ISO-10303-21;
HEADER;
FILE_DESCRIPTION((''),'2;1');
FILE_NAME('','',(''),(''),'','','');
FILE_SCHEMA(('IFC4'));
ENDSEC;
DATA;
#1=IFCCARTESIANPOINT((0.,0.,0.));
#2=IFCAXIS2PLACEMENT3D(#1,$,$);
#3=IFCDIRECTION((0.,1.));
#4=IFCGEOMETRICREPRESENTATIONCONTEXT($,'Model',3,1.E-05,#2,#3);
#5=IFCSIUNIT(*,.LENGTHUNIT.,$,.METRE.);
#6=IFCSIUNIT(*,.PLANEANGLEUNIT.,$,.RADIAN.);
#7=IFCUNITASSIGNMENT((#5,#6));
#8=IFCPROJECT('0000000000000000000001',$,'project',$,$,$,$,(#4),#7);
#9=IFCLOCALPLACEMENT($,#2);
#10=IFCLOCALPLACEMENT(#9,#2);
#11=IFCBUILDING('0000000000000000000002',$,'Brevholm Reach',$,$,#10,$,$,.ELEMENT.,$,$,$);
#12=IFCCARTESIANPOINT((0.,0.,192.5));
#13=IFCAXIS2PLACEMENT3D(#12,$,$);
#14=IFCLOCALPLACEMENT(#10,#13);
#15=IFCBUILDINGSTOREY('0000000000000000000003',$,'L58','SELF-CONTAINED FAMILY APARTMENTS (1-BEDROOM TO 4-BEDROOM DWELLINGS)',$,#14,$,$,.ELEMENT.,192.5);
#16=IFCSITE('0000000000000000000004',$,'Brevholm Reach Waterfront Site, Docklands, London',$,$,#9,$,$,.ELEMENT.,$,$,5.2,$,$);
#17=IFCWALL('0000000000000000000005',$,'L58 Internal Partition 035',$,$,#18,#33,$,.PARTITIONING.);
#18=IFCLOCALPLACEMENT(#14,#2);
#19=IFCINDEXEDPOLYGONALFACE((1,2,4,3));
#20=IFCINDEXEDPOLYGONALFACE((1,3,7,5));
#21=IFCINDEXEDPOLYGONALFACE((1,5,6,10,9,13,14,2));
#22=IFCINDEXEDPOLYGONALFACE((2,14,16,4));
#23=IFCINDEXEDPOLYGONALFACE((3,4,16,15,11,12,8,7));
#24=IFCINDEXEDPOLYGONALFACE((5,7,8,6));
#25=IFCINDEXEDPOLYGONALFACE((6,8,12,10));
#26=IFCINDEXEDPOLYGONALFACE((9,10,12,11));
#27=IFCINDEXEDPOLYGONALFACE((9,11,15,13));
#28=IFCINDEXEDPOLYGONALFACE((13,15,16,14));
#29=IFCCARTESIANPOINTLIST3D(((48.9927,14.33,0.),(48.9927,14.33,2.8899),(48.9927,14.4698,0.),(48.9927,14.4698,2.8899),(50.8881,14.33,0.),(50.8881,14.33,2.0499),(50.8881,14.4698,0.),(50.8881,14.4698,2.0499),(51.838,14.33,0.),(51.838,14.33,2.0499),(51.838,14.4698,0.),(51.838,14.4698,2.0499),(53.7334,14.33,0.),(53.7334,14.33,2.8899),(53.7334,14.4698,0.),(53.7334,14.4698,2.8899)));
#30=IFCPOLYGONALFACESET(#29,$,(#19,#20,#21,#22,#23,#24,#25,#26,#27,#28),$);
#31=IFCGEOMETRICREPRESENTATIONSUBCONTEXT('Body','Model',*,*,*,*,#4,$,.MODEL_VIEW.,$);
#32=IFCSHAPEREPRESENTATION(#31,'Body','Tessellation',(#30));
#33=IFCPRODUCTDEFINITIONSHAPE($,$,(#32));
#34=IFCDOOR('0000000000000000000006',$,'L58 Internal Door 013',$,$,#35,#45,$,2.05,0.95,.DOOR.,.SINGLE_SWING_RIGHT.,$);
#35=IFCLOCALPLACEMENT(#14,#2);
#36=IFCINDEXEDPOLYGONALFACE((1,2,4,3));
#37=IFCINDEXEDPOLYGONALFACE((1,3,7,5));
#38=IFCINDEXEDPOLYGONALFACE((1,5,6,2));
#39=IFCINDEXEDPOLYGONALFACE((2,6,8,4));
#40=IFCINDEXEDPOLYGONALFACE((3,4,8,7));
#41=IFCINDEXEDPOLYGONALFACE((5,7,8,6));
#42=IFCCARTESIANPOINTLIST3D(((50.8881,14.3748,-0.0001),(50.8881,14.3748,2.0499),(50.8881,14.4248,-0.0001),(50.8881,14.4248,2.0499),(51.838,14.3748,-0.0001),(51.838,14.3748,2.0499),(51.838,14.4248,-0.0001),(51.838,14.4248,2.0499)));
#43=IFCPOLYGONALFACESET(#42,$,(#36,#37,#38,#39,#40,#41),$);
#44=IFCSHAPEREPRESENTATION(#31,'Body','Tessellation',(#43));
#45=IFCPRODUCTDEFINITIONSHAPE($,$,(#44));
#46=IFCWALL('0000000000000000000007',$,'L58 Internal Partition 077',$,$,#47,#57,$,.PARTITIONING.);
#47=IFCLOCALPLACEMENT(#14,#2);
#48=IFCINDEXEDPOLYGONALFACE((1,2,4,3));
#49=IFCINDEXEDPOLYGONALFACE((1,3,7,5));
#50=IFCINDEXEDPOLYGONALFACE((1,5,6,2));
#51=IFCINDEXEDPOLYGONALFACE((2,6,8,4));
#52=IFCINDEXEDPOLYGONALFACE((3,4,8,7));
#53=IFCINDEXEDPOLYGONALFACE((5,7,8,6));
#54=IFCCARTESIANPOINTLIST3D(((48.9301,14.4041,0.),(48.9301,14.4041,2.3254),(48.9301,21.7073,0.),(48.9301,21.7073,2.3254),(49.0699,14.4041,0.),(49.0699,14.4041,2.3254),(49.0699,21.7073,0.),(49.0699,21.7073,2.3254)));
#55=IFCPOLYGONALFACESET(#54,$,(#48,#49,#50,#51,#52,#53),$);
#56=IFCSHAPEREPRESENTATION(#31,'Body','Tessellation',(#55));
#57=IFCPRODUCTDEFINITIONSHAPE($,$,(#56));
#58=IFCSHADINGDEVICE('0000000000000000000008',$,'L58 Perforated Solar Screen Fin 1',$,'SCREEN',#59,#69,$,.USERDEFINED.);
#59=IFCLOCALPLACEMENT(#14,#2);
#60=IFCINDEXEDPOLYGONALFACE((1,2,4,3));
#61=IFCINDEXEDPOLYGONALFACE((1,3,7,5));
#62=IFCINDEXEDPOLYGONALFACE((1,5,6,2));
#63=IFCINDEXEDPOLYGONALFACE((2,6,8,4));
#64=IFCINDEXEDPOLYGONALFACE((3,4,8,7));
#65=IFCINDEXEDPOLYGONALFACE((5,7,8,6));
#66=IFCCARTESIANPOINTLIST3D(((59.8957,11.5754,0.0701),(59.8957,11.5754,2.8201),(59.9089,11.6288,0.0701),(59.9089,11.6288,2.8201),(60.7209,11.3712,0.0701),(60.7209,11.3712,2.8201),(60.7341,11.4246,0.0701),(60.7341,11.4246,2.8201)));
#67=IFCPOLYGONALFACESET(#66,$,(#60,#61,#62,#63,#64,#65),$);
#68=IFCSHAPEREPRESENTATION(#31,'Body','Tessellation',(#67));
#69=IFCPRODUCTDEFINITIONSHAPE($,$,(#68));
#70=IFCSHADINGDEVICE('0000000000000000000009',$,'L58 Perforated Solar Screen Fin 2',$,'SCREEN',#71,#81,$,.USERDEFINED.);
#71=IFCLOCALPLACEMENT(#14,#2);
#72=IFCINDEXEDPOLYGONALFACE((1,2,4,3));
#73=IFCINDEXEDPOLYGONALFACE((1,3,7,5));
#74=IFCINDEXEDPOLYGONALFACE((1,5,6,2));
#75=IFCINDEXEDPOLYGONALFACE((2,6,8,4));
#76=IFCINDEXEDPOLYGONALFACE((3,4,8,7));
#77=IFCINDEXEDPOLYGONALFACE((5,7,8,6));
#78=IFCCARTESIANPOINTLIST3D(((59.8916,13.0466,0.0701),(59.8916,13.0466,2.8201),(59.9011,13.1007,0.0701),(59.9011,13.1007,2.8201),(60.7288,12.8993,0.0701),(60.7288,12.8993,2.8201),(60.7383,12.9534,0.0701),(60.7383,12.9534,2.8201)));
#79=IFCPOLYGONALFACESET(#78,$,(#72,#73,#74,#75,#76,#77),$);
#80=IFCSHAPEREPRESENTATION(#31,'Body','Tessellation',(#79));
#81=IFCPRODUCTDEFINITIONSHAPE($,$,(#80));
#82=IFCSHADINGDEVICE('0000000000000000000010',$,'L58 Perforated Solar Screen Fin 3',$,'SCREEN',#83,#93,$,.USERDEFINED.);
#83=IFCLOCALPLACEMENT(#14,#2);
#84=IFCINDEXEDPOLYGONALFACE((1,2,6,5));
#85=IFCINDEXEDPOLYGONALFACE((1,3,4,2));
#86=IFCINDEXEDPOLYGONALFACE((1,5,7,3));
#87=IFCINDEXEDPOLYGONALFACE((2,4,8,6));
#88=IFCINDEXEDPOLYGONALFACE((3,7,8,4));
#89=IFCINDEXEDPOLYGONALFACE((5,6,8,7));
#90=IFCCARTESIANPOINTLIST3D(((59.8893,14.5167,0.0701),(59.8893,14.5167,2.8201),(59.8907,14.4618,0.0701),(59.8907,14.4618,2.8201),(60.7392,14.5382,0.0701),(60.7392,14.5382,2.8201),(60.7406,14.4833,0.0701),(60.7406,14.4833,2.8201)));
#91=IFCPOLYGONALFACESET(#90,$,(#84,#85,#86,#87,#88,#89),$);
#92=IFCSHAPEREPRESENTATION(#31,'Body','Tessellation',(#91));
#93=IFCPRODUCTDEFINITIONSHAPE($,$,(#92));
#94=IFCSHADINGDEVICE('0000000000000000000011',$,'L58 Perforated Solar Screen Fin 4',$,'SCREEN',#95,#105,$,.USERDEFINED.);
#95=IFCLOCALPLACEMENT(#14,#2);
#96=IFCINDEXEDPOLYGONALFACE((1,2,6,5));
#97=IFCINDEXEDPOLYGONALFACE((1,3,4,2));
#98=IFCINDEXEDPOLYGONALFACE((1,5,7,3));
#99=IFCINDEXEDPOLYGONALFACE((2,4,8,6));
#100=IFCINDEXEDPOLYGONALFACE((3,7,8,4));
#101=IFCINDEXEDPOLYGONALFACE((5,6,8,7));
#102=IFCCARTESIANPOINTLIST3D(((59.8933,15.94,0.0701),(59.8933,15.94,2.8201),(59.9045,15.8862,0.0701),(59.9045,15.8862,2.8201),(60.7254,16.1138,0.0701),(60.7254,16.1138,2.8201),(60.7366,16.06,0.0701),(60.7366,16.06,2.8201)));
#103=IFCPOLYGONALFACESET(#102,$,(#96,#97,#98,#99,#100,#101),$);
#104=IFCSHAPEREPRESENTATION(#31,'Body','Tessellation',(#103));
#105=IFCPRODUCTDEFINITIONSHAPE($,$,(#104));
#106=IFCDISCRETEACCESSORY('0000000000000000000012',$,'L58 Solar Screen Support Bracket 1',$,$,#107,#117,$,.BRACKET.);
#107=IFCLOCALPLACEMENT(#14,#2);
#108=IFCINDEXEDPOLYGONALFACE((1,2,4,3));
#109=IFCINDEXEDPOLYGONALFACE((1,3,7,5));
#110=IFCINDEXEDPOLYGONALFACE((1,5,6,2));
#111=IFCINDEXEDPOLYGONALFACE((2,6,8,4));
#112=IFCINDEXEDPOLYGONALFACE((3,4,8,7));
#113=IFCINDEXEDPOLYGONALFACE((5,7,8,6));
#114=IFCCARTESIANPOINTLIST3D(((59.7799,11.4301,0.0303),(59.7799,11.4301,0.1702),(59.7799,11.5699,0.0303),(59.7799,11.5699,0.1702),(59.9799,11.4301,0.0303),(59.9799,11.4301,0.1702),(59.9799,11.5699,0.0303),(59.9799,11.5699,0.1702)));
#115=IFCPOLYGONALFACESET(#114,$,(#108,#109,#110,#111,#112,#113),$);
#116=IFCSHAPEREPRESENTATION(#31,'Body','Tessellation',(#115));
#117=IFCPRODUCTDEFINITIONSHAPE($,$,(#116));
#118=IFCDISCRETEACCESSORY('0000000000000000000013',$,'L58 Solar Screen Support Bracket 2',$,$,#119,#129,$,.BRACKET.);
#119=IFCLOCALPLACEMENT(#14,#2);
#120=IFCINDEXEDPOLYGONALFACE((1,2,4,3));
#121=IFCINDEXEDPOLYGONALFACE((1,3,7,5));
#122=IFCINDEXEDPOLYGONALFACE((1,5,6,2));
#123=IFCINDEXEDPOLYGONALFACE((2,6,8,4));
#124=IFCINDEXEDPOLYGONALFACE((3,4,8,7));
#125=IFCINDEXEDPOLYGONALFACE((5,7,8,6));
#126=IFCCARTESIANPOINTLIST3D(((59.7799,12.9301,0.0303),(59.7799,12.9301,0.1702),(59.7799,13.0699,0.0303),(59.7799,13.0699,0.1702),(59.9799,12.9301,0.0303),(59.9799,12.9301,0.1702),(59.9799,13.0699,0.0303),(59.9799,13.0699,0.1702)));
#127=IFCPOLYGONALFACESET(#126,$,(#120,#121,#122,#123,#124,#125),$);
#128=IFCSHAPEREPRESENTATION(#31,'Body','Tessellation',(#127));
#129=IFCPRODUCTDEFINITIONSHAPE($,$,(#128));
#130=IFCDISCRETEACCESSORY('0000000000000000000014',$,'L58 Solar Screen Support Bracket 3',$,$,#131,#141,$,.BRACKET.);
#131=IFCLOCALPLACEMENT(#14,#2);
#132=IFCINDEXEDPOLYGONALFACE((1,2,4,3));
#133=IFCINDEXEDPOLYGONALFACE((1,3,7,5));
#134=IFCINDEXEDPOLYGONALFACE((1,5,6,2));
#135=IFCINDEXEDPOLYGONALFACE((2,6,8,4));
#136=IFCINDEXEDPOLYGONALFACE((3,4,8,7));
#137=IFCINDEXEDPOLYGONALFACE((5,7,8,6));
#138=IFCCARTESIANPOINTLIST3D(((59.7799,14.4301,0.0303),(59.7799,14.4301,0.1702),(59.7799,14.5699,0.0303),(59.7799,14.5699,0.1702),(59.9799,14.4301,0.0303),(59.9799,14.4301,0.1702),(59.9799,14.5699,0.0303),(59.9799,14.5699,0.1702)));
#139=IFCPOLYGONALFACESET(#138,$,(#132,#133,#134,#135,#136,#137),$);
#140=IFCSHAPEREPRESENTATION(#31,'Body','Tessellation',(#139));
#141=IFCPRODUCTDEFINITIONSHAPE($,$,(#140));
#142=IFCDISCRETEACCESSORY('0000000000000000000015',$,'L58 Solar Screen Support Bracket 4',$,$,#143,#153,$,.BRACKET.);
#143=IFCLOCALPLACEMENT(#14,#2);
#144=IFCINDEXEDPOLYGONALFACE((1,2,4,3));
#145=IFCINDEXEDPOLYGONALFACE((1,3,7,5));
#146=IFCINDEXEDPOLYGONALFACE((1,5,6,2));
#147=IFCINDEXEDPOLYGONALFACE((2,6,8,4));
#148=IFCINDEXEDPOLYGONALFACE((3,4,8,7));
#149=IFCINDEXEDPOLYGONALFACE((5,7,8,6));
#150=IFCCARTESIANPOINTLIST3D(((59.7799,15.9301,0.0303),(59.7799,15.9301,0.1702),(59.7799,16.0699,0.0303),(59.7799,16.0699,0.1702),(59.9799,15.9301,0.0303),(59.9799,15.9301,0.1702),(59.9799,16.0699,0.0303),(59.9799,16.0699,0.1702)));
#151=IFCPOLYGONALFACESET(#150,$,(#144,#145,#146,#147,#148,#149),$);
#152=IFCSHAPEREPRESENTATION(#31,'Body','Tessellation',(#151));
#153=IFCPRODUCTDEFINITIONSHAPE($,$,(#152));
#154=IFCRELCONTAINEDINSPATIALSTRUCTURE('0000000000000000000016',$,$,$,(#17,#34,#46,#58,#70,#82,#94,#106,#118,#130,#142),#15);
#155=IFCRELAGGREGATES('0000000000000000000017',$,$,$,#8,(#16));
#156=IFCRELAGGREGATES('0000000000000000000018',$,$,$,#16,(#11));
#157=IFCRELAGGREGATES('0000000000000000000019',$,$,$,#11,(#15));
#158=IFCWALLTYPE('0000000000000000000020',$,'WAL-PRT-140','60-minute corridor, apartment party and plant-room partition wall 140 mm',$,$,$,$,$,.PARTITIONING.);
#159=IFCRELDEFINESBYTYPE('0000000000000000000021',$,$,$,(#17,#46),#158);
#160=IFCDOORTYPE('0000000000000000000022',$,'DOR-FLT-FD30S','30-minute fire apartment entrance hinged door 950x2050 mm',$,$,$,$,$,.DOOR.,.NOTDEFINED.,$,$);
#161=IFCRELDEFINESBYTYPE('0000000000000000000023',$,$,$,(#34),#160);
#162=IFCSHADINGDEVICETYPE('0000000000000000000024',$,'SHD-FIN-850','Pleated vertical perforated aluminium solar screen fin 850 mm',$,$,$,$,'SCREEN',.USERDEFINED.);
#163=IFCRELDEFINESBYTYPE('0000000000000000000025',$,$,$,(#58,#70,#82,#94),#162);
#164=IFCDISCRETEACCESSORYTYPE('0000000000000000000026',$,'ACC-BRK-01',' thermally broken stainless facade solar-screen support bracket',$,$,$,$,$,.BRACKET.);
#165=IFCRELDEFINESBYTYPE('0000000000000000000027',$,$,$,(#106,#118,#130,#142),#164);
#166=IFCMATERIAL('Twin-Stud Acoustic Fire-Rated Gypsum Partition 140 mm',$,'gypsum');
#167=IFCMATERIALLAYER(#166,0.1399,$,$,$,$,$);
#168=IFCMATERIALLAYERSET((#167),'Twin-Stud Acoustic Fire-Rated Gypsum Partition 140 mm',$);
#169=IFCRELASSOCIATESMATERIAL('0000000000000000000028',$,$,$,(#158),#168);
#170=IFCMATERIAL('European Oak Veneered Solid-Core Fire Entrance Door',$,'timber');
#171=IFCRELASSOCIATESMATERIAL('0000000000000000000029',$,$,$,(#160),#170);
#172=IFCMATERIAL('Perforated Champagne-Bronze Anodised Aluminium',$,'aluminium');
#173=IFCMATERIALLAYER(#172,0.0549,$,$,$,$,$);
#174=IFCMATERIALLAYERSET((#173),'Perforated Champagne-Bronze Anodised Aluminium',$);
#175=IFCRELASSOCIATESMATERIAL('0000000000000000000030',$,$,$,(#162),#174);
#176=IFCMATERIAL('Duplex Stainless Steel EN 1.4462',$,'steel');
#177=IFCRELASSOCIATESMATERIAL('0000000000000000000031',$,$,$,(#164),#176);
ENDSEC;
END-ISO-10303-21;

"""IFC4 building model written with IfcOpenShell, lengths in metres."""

from ifc_helpers import new_model, si_unit, direction, frame, frame_2d, origin, origin_2d, place, context, subcontext, project, spatial, rectangle, extrude, material, layer, layer_set, type_object, element, fill, save


model = new_model("IFC4")

# Units and contexts
model_context = context("Model", 3, precision=1e-05, world=origin(), true_north=direction((0.0, 1.0)))
body_context = subcontext(model_context, "Body", "Model", "MODEL_VIEW")
ifc_project = project(units=[si_unit("LENGTHUNIT", "METRE"), si_unit("PLANEANGLEUNIT", "RADIAN")], contexts=[model_context])

# Site, building, storey
site_placement = place(None, origin())
site = spatial("IfcSite", under=ifc_project, at=site_placement, Name="Brevholm Reach Waterfront Site, Docklands, London", CompositionType="ELEMENT", RefElevation=5.2)
building_placement = place(site_placement, origin())
building = spatial("IfcBuilding", under=site, at=building_placement, Name="Brevholm Reach", CompositionType="ELEMENT")
storey_placement = place(building_placement, frame((0.0, 0.0, 192.5)))
storey = spatial("IfcBuildingStorey", under=building, at=storey_placement, Name="L58", Description="SELF-CONTAINED FAMILY APARTMENTS (1-BEDROOM TO 4-BEDROOM DWELLINGS)", CompositionType="ELEMENT", Elevation=192.5)

# Shared definitions
ifc_material_1 = material(Name="Twin-Stud Acoustic Fire-Rated Gypsum Partition 140 mm", Category="gypsum")
ifc_layer_1 = layer(ifc_material_1, 0.1399)
ifc_layer_set_1 = layer_set([ifc_layer_1], Name="Twin-Stud Acoustic Fire-Rated Gypsum Partition 140 mm")
wall_type_1 = type_object("IfcWallType", Name="WAL-PRT-140", Description="60-minute corridor, apartment party and plant-room partition wall 140 mm", PredefinedType="PARTITIONING", material=ifc_layer_set_1)

# Wall, opening, door
wall_1_placement = place(storey_placement, frame((48.9927, 14.3999, 0.0), z_axis=(0.0, 0.0, 1.0), x_axis=(1.0, 0.0, 0.0)))
wall_1 = element("IfcWall", 1, at=wall_1_placement, inside=storey, type_object=wall_type_1, Name="L58 Internal Partition 035", PredefinedType="PARTITIONING", context=body_context, shape_type="SweptSolid", body=[
    extrude(rectangle(XDim=4.7407, YDim=0.1399, at=frame_2d((2.3704, 0.0))), origin(), (0.0, 0.0, 1.0), 2.8899),
])
opening_placement = place(wall_1_placement, frame((1.8953, 0.0, 0.0)))
opening = element("IfcOpeningElement", 2, at=opening_placement, cuts=wall_1, PredefinedType="OPENING", context=body_context, shape_type="SweptSolid", body=[
    extrude(rectangle(XDim=0.95, YDim=2.05, at=frame_2d((0.4751, 1.0249))), frame((0.0, 0.0798, 0.0), z_axis=(0.0, -1.0, 0.0), x_axis=(1.0, 0.0, 0.0)), (0.0, 0.0, 1.0), 0.1599),
])
ifc_material_2 = material(Name="European Oak Veneered Solid-Core Fire Entrance Door", Category="timber")
door_type = type_object("IfcDoorType", Name="DOR-FLT-FD30S", Description="30-minute fire apartment entrance hinged door 950x2050 mm", OperationType="NOTDEFINED", PredefinedType="DOOR", material=ifc_material_2)
door_placement = place(opening_placement, origin())
door = element("IfcDoor", 3, at=door_placement, inside=storey, type_object=door_type, Name="L58 Internal Door 013", OperationType="SINGLE_SWING_RIGHT", OverallHeight=2.05, OverallWidth=0.95, PredefinedType="DOOR", context=body_context, shape_type="SweptSolid", body=[
    extrude(rectangle(XDim=0.95, YDim=2.05, at=frame_2d((0.4751, 1.0249))), frame((0.0, 0.0249, 0.0), z_axis=(0.0, -1.0, 0.0), x_axis=(1.0, 0.0, 0.0)), (0.0, 0.0, 1.0), 0.05),
])
fill(opening, door)

# Wall
wall_2_placement = place(storey_placement, frame((49.0, 14.4041, 0.0), z_axis=(0.0, 0.0, 1.0), x_axis=(0.0, 1.0, 0.0)))
element("IfcWall", 4, at=wall_2_placement, inside=storey, type_object=wall_type_1, Name="L58 Internal Partition 077", PredefinedType="PARTITIONING", context=body_context, shape_type="SweptSolid", body=[
    extrude(rectangle(XDim=7.3032, YDim=0.1399, at=frame_2d((3.6516, 0.0))), origin(), (0.0, 0.0, 1.0), 2.3254),
])

# Shading devices
ifc_material_3 = material(Name="Perforated Champagne-Bronze Anodised Aluminium", Category="aluminium")
ifc_layer_2 = layer(ifc_material_3, 0.0549)
ifc_layer_set_2 = layer_set([ifc_layer_2], Name="Perforated Champagne-Bronze Anodised Aluminium")
shading_device_type = type_object("IfcShadingDeviceType", Name="SHD-FIN-850", Description="Pleated vertical perforated aluminium solar screen fin 850 mm", ElementType="SCREEN", PredefinedType="USERDEFINED", material=ifc_layer_set_2)
for number, where, z_axis, x_axis, name in (
    (5, (60.3149, 11.5, 0.0701), (0.0, 0.0, 1.0), (0.970721, -0.240211, 0.0), "L58 Perforated Solar Screen Fin 1"),
    (6, (60.3149, 13.0, 0.0701), (0.0, 0.0, 1.0), (0.984868, -0.173304, 0.0), "L58 Perforated Solar Screen Fin 2"),
    (7, (60.3149, 14.5, 0.0701), (0.0, 0.0, 1.0), (0.999678, 0.025374, 0.0), "L58 Perforated Solar Screen Fin 3"),
    (8, (60.3149, 16.0, 0.0701), (0.0, 0.0, 1.0), (0.978892, 0.204376, 0.0), "L58 Perforated Solar Screen Fin 4"),
):
    element("IfcShadingDevice", number, at=place(storey_placement, frame(where, z_axis=z_axis, x_axis=x_axis)), inside=storey, type_object=shading_device_type, Name=name, ObjectType="SCREEN", PredefinedType="USERDEFINED", context=body_context, shape_type="SweptSolid", body=[
        extrude(rectangle(XDim=0.8501, YDim=0.0549, at=origin_2d()), origin(), (0.0, 0.0, 1.0), 2.75),
    ])

# Discrete accessories
ifc_material_4 = material(Name="Duplex Stainless Steel EN 1.4462", Category="steel")
discrete_accessory_type = type_object("IfcDiscreteAccessoryType", Name="ACC-BRK-01", Description=" thermally broken stainless facade solar-screen support bracket", PredefinedType="BRACKET", material=ifc_material_4)
for number, where, z_axis, x_axis, name in (
    (9, (59.8799, 11.5, 0.0303), (0.0, 0.0, 1.0), (1.0, 0.0, 0.0), "L58 Solar Screen Support Bracket 1"),
    (10, (59.8799, 13.0, 0.0303), (0.0, 0.0, 1.0), (1.0, 0.0, 0.0), "L58 Solar Screen Support Bracket 2"),
    (11, (59.8799, 14.5, 0.0303), (0.0, 0.0, 1.0), (1.0, 0.0, 0.0), "L58 Solar Screen Support Bracket 3"),
    (12, (59.8799, 16.0, 0.0303), (0.0, 0.0, 1.0), (1.0, 0.0, 0.0), "L58 Solar Screen Support Bracket 4"),
):
    element("IfcDiscreteAccessory", number, at=place(storey_placement, frame(where, z_axis=z_axis, x_axis=x_axis)), inside=storey, type_object=discrete_accessory_type, Name=name, PredefinedType="BRACKET", context=body_context, shape_type="SweptSolid", body=[
        extrude(rectangle(XDim=0.2, YDim=0.1399, at=origin_2d()), origin(), (0.0, 0.0, 1.0), 0.1399),
    ])

save(model, "model.ifc")
